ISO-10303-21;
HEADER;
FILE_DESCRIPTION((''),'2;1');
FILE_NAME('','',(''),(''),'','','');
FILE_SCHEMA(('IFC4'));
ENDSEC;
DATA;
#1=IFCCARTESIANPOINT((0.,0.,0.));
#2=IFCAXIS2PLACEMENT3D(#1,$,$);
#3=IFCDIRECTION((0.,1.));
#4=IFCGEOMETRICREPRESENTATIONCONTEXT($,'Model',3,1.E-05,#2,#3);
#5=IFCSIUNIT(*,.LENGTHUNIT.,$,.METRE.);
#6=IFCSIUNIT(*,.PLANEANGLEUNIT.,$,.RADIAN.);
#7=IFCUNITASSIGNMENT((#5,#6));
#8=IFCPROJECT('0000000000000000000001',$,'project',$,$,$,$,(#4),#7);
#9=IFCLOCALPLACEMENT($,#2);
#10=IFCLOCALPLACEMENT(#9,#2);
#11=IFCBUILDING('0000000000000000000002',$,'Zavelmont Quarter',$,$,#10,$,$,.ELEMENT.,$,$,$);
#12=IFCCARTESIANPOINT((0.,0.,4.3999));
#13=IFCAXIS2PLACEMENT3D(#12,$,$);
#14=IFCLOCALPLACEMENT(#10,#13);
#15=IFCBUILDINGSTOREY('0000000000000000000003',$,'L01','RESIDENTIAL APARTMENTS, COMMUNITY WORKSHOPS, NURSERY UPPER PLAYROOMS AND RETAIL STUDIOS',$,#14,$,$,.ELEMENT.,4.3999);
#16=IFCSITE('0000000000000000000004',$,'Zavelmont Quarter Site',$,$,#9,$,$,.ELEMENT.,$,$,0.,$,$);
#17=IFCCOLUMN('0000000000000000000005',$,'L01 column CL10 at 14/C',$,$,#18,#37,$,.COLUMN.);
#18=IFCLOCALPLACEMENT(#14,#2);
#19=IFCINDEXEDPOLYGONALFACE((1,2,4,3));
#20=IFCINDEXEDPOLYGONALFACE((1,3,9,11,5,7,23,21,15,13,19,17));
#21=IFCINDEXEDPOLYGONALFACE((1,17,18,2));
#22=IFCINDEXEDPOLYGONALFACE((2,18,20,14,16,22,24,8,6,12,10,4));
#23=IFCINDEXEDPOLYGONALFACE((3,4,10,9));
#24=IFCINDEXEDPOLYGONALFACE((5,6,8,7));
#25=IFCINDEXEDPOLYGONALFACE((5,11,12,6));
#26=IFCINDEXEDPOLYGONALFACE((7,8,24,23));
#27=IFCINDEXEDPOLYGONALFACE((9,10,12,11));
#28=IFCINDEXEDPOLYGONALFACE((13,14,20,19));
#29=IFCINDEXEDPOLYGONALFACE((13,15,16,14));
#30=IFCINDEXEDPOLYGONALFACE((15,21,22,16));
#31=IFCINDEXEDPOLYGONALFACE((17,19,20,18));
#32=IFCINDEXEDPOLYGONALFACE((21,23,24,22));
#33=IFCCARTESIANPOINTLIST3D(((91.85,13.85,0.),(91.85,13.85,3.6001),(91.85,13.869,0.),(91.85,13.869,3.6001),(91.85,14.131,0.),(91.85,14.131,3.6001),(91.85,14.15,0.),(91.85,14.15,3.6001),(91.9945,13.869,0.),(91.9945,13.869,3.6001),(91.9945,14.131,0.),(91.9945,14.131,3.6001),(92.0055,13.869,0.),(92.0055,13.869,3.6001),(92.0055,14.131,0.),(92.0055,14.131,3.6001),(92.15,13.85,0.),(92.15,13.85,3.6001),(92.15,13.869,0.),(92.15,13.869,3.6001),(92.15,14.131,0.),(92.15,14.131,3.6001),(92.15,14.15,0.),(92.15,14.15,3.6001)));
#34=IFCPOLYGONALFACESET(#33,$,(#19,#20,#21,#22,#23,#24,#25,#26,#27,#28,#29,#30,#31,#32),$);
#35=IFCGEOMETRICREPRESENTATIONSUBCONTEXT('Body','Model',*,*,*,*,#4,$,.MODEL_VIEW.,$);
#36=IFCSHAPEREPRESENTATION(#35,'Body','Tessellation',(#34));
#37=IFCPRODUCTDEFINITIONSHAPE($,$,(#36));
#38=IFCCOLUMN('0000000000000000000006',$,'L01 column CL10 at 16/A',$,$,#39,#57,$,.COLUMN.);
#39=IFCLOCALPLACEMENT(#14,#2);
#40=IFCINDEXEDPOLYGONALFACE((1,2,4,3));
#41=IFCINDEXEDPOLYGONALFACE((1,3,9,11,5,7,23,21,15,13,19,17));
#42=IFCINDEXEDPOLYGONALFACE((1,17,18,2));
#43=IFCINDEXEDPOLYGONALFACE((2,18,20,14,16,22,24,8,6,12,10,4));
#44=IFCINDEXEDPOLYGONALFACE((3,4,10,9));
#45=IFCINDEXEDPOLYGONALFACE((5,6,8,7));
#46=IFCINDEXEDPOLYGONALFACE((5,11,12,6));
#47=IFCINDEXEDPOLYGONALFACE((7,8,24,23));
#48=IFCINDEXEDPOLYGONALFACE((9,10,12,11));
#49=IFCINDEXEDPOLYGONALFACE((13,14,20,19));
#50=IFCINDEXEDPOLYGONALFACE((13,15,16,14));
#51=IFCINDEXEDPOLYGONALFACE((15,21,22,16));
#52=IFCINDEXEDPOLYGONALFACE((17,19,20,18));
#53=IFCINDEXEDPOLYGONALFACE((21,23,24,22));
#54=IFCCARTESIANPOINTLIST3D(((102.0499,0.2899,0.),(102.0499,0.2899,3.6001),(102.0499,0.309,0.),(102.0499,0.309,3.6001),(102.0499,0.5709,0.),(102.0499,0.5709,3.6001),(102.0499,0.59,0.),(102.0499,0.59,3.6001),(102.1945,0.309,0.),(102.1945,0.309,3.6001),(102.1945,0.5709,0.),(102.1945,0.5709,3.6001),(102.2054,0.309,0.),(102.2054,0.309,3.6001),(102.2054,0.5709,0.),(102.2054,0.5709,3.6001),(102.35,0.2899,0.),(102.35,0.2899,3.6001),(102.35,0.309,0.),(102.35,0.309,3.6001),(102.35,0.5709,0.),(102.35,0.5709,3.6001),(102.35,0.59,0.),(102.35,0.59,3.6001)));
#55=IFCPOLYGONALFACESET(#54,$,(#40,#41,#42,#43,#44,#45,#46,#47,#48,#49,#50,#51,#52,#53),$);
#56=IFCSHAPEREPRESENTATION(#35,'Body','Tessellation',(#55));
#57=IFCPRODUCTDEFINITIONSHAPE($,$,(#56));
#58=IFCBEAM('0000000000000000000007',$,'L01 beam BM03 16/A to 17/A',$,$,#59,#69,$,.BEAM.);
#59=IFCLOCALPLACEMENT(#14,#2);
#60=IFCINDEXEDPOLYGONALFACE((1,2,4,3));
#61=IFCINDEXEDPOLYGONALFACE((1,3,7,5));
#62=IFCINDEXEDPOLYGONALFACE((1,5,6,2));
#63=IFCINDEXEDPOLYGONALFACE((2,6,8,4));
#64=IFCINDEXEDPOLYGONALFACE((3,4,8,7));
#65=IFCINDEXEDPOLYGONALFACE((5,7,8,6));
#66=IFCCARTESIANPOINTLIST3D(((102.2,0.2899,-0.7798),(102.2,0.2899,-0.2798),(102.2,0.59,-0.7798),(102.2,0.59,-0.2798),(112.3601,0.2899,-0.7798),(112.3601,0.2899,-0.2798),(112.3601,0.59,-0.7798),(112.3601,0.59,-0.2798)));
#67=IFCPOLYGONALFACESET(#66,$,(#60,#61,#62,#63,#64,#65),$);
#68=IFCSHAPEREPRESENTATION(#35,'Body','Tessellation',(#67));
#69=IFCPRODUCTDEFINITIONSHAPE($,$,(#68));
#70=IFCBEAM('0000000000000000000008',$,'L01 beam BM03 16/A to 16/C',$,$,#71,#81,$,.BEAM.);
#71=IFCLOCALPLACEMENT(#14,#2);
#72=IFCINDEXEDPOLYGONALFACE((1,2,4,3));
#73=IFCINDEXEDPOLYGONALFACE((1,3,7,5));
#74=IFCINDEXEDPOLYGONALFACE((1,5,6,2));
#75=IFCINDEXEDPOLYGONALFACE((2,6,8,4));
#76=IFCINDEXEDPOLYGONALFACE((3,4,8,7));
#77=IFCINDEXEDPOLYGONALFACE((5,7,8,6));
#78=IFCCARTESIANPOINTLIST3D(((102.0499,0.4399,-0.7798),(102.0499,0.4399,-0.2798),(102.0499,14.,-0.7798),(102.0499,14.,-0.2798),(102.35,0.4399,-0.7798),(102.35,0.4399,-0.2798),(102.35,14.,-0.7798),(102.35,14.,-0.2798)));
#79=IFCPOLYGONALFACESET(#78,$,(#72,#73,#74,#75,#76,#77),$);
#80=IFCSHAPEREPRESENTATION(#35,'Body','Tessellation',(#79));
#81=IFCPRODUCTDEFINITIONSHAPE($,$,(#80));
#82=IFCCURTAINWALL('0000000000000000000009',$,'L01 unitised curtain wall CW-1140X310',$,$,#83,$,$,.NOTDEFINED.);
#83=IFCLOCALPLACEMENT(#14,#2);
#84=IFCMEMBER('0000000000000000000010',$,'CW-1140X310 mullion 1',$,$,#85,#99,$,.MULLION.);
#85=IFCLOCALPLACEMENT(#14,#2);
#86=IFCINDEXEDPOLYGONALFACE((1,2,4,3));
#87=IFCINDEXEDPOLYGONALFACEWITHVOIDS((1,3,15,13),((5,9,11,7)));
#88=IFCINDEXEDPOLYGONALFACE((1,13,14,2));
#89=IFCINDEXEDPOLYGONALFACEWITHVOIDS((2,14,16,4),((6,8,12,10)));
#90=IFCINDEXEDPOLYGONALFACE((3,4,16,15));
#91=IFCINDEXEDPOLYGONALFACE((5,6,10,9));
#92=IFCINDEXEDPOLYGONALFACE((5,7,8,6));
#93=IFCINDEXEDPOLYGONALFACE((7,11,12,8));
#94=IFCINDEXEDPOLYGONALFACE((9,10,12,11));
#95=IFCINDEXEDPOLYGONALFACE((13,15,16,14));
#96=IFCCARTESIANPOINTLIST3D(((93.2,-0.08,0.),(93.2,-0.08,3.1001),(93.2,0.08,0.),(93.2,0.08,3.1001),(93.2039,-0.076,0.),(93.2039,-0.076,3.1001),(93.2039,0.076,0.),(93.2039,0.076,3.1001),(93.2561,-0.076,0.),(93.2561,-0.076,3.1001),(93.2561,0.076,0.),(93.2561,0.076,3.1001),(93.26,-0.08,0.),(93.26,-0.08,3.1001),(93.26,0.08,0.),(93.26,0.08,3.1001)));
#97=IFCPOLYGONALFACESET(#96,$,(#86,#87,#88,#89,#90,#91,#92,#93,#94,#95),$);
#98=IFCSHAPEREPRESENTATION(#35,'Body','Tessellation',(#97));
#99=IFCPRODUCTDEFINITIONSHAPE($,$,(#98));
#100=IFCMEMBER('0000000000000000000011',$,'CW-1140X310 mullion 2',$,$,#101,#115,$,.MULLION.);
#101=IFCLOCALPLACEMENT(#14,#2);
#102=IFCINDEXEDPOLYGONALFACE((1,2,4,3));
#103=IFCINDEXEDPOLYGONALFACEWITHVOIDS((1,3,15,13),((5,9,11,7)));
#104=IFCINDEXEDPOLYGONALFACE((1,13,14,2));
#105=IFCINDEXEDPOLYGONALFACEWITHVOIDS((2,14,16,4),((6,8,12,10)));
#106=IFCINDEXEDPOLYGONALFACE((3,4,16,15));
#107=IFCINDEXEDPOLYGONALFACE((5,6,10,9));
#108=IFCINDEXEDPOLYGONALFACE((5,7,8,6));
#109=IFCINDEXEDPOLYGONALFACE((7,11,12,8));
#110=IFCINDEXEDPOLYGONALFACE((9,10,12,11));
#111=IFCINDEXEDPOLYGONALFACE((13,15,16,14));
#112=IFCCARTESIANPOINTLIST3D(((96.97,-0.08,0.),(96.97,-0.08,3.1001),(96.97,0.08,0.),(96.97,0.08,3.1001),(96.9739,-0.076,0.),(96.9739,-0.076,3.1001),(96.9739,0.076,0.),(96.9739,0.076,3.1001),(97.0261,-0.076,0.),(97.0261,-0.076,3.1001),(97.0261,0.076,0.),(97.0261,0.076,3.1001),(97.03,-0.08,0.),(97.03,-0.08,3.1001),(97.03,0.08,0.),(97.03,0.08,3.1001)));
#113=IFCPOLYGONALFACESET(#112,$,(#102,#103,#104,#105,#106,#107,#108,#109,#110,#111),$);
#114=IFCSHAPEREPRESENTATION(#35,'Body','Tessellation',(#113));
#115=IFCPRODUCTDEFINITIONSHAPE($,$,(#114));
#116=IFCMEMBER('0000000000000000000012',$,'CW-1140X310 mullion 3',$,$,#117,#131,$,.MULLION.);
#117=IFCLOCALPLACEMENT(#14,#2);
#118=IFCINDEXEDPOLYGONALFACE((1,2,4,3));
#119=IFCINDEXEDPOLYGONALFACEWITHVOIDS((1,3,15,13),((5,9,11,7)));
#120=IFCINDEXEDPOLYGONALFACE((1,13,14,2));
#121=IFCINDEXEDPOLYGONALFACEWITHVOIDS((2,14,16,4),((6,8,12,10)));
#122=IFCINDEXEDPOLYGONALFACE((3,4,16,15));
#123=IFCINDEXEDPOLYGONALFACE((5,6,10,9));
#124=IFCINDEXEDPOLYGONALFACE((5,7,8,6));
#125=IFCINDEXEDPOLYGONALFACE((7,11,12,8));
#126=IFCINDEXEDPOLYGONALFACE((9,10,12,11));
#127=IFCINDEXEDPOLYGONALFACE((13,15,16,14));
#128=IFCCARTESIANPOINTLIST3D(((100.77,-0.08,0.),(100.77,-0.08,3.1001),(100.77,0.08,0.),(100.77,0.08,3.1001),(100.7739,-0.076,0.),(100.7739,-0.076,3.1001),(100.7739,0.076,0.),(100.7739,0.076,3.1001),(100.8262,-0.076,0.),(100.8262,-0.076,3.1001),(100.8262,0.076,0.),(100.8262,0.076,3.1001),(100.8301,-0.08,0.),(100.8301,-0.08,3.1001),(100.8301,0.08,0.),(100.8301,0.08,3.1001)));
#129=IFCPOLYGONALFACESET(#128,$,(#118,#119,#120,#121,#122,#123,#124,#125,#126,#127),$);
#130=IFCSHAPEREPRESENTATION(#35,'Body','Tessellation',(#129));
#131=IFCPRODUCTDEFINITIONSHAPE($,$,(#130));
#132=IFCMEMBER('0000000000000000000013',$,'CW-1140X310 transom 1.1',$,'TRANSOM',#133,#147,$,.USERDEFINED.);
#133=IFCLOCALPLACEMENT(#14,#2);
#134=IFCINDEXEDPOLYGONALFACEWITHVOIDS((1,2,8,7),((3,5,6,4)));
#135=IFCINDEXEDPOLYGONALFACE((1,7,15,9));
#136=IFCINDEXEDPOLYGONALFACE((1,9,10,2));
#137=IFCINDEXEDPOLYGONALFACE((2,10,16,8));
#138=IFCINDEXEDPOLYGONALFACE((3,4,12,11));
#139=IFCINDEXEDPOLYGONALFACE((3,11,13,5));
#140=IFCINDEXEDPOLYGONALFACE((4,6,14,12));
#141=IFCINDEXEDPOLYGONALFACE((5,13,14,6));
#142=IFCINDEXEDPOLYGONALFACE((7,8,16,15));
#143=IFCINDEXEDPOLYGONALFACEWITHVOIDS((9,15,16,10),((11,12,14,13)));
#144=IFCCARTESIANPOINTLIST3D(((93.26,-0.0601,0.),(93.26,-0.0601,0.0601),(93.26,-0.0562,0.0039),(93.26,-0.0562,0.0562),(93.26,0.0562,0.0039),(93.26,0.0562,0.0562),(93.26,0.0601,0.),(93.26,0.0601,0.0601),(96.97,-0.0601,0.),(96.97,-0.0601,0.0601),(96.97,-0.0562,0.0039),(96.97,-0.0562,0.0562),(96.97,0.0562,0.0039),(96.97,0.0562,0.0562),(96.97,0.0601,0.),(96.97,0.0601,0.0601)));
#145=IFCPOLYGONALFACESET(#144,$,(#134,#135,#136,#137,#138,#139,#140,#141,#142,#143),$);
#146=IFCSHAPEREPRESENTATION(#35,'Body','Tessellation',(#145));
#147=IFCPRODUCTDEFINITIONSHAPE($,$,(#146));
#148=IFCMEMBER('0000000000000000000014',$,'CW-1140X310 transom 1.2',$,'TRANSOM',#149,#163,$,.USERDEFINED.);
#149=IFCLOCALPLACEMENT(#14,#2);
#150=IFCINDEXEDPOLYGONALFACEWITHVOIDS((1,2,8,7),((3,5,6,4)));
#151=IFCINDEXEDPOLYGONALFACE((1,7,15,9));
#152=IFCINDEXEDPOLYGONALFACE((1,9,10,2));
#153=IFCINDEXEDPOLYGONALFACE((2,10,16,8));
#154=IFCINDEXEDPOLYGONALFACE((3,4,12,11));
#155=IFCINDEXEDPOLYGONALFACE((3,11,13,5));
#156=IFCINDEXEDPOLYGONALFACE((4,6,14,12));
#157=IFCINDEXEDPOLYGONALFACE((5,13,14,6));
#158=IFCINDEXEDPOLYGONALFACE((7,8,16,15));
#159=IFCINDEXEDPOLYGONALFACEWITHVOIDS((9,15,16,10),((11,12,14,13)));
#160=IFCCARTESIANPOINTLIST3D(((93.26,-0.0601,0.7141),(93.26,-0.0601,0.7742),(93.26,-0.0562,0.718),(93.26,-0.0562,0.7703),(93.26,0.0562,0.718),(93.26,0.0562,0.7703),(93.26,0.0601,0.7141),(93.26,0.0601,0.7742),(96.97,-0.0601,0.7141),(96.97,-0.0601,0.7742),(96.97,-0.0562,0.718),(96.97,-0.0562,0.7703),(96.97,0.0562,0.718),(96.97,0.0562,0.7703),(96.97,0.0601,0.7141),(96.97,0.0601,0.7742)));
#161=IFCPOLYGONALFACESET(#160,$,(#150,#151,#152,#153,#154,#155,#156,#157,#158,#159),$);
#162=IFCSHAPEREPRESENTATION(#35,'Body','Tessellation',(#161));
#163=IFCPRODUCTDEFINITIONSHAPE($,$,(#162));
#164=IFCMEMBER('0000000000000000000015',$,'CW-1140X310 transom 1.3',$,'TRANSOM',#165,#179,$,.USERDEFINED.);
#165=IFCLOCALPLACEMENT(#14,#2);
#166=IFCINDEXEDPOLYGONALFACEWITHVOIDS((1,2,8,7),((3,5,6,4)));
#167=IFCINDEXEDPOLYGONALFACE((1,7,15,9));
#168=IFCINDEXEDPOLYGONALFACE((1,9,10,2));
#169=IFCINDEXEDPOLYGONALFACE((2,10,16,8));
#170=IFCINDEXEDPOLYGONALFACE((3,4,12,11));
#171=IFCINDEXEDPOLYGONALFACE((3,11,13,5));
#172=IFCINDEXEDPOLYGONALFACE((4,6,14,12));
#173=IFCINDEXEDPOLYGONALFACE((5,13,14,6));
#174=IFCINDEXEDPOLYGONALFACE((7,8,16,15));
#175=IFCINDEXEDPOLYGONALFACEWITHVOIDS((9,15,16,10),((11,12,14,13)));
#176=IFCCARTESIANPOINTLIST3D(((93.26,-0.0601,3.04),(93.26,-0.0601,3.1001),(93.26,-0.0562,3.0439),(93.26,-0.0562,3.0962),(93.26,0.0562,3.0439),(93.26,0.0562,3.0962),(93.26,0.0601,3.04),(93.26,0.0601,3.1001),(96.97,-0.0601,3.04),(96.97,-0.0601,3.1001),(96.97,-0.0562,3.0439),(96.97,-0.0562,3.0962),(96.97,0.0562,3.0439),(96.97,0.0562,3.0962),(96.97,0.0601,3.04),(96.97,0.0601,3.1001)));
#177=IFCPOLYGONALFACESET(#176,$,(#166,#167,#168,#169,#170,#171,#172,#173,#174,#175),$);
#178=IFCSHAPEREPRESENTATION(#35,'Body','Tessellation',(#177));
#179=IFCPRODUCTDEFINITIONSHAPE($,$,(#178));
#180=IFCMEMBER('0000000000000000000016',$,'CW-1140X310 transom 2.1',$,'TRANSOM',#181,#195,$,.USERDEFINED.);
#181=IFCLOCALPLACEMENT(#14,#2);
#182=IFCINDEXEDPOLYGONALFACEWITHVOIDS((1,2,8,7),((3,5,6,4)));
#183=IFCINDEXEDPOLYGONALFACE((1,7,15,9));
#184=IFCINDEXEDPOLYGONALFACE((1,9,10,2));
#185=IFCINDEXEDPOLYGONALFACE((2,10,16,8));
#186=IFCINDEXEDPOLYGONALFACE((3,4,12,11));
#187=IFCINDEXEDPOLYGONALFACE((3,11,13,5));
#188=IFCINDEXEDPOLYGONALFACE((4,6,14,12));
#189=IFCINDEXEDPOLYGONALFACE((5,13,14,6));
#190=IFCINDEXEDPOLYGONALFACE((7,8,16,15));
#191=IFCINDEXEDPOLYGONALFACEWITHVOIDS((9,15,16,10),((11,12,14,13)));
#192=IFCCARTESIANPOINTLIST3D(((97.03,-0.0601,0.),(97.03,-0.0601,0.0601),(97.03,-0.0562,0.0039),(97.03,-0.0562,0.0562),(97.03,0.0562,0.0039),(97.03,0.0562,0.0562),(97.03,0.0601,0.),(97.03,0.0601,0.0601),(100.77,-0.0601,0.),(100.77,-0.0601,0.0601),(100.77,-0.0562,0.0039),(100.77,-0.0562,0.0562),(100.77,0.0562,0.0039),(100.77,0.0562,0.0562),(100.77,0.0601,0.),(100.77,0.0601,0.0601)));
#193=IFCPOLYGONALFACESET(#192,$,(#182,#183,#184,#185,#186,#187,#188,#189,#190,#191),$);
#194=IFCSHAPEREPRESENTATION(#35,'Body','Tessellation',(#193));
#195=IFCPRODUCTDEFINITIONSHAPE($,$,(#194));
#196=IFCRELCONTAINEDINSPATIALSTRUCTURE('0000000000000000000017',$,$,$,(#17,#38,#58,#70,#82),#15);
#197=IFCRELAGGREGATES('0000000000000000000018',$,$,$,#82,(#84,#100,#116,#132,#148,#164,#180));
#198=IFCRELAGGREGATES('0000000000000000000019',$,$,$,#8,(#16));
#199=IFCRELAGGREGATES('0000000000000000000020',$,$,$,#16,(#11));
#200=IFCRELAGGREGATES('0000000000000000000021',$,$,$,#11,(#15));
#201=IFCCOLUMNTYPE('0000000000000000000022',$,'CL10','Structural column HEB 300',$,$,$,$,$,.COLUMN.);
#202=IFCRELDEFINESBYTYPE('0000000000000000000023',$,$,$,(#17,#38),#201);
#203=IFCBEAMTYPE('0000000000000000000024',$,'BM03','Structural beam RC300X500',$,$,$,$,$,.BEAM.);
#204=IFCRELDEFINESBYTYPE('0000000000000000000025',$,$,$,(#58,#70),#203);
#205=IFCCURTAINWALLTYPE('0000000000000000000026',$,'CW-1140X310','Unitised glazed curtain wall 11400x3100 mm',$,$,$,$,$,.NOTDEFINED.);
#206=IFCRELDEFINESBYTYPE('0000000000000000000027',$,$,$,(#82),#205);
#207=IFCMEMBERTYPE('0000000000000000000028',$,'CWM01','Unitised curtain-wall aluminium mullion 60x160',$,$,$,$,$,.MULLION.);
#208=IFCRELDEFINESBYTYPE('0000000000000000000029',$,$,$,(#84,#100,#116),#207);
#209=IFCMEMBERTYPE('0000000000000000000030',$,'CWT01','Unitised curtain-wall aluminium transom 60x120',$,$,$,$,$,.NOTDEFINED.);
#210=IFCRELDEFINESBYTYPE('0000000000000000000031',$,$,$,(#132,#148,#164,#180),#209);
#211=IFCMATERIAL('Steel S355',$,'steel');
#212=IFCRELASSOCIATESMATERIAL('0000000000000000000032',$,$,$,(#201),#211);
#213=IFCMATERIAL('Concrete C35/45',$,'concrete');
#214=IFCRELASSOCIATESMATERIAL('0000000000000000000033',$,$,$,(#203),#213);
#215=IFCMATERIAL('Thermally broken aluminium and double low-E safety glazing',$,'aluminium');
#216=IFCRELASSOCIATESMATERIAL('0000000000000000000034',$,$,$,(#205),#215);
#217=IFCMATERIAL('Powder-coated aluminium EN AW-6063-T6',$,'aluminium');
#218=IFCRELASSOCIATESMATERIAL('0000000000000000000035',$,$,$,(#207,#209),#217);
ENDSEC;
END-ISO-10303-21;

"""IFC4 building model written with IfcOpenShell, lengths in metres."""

from ifc_helpers import new_model, si_unit, direction, frame, origin, origin_2d, place, context, subcontext, project, spatial, rectangle, hollow_rectangle, i_section, extrude, material, material_profile, profile_set, type_object, element, aggregate, save


model = new_model("IFC4")

# Units and contexts
model_context = context("Model", 3, precision=1e-05, world=origin(), true_north=direction((0.0, 1.0)))
body_context = subcontext(model_context, "Body", "Model", "MODEL_VIEW")
ifc_project = project(units=[si_unit("LENGTHUNIT", "METRE"), si_unit("PLANEANGLEUNIT", "RADIAN")], contexts=[model_context])

# Site, building, storey
site_placement = place(None, origin())
site = spatial("IfcSite", under=ifc_project, at=site_placement, Name="Zavelmont Quarter Site", CompositionType="ELEMENT", RefElevation=0.0)
building_placement = place(site_placement, origin())
building = spatial("IfcBuilding", under=site, at=building_placement, Name="Zavelmont Quarter", CompositionType="ELEMENT")
storey_placement = place(building_placement, frame((0.0, 0.0, 4.3999)))
storey = spatial("IfcBuildingStorey", under=building, at=storey_placement, Name="L01", Description="RESIDENTIAL APARTMENTS, COMMUNITY WORKSHOPS, NURSERY UPPER PLAYROOMS AND RETAIL STUDIOS", CompositionType="ELEMENT", Elevation=4.3999)

# Columns
ifc_material_1 = material(Name="Steel S355", Category="steel")
ifc_material_profile_1 = material_profile(ifc_material_1, i_section(OverallWidth=0.3, OverallDepth=0.3, WebThickness=0.011, FlangeThickness=0.019, at=origin_2d()), Name="HEB 300")
ifc_profile_set_1 = profile_set([ifc_material_profile_1], Name="Steel S355")
column_type = type_object("IfcColumnType", Name="CL10", Description="Structural column HEB 300", PredefinedType="COLUMN", material=ifc_profile_set_1)
for number, where, z_axis, x_axis, name in (
    (1, (92.0, 14.0, 0.0), (0.0, 0.0, 1.0), (1.0, 0.0, 0.0), "L01 column CL10 at 14/C"),
    (2, (102.2, 0.4399, 0.0), (0.0, 0.0, 1.0), (1.0, 0.0, 0.0), "L01 column CL10 at 16/A"),
):
    element("IfcColumn", number, at=place(storey_placement, frame(where, z_axis=z_axis, x_axis=x_axis)), inside=storey, type_object=column_type, Name=name, PredefinedType="COLUMN", context=body_context, shape_type="SweptSolid", body=[
        extrude(i_section(OverallWidth=0.3, OverallDepth=0.3, WebThickness=0.011, FlangeThickness=0.019, at=origin_2d()), origin(), (0.0, 0.0, 1.0), 3.6001),
    ])

# Beams
ifc_material_2 = material(Name="Concrete C35/45", Category="concrete")
ifc_material_profile_2 = material_profile(ifc_material_2, rectangle(XDim=0.3, YDim=0.5, at=origin_2d()), Name="RC300X500")
ifc_profile_set_2 = profile_set([ifc_material_profile_2], Name="Concrete C35/45")
beam_type = type_object("IfcBeamType", Name="BM03", Description="Structural beam RC300X500", PredefinedType="BEAM", material=ifc_profile_set_2)
beam_1_placement = place(storey_placement, frame((102.2, 0.4399, -0.5298), z_axis=(1.0, 0.0, 0.0), x_axis=(0.0, 1.0, 0.0)))
element("IfcBeam", 3, at=beam_1_placement, inside=storey, type_object=beam_type, Name="L01 beam BM03 16/A to 17/A", PredefinedType="BEAM", context=body_context, shape_type="SweptSolid", body=[
    extrude(rectangle(XDim=0.3, YDim=0.5, at=origin_2d()), origin(), (0.0, 0.0, 1.0), 10.1602),
])
beam_2_placement = place(storey_placement, frame((102.2, 0.4399, -0.5298), z_axis=(0.0, 1.0, 0.0), x_axis=(-1.0, 0.0, 0.0)))
element("IfcBeam", 4, at=beam_2_placement, inside=storey, type_object=beam_type, Name="L01 beam BM03 16/A to 16/C", PredefinedType="BEAM", context=body_context, shape_type="SweptSolid", body=[
    extrude(rectangle(XDim=0.3, YDim=0.5, at=origin_2d()), origin(), (0.0, 0.0, 1.0), 13.5601),
])

# Curtain wall, members
ifc_material_3 = material(Name="Thermally broken aluminium and double low-E safety glazing", Category="aluminium")
curtain_wall_type = type_object("IfcCurtainWallType", Name="CW-1140X310", Description="Unitised glazed curtain wall 11400x3100 mm", PredefinedType="NOTDEFINED", material=ifc_material_3)
curtain_wall_placement = place(storey_placement, origin())
curtain_wall = element("IfcCurtainWall", 5, at=curtain_wall_placement, inside=storey, type_object=curtain_wall_type, Name="L01 unitised curtain wall CW-1140X310", PredefinedType="NOTDEFINED")
ifc_material_4 = material(Name="Powder-coated aluminium EN AW-6063-T6", Category="aluminium")
ifc_material_profile_3 = material_profile(ifc_material_4, hollow_rectangle(XDim=0.0601, YDim=0.1599, WallThickness=0.0039, at=origin_2d()), Name="CWM60X160")
ifc_profile_set_3 = profile_set([ifc_material_profile_3], Name="Powder-coated aluminium EN AW-6063-T6")
member_type_1 = type_object("IfcMemberType", Name="CWM01", Description="Unitised curtain-wall aluminium mullion 60x160", PredefinedType="MULLION", material=ifc_profile_set_3)
member_1_placement = place(storey_placement, frame((93.23, 0.0, 0.0), z_axis=(0.0, 0.0, 1.0), x_axis=(1.0, 0.0, 0.0)))
member_1 = element("IfcMember", 6, at=member_1_placement, type_object=member_type_1, Name="CW-1140X310 mullion 1", PredefinedType="MULLION", context=body_context, shape_type="SweptSolid", body=[
    extrude(hollow_rectangle(XDim=0.0601, YDim=0.1599, WallThickness=0.0039, at=origin_2d()), origin(), (0.0, 0.0, 1.0), 3.1001),
])
member_2_placement = place(storey_placement, frame((97.0, 0.0, 0.0), z_axis=(0.0, 0.0, 1.0), x_axis=(1.0, 0.0, 0.0)))
member_2 = element("IfcMember", 7, at=member_2_placement, type_object=member_type_1, Name="CW-1140X310 mullion 2", PredefinedType="MULLION", context=body_context, shape_type="SweptSolid", body=[
    extrude(hollow_rectangle(XDim=0.0601, YDim=0.1599, WallThickness=0.0039, at=origin_2d()), origin(), (0.0, 0.0, 1.0), 3.1001),
])
member_3_placement = place(storey_placement, frame((100.8, 0.0, 0.0), z_axis=(0.0, 0.0, 1.0), x_axis=(1.0, 0.0, 0.0)))
member_3 = element("IfcMember", 8, at=member_3_placement, type_object=member_type_1, Name="CW-1140X310 mullion 3", PredefinedType="MULLION", context=body_context, shape_type="SweptSolid", body=[
    extrude(hollow_rectangle(XDim=0.0601, YDim=0.1599, WallThickness=0.0039, at=origin_2d()), origin(), (0.0, 0.0, 1.0), 3.1001),
])
ifc_material_profile_4 = material_profile(ifc_material_4, hollow_rectangle(XDim=0.1201, YDim=0.0601, WallThickness=0.0039, at=origin_2d()), Name="CWT60X120")
ifc_profile_set_4 = profile_set([ifc_material_profile_4], Name="Powder-coated aluminium EN AW-6063-T6")
member_type_2 = type_object("IfcMemberType", Name="CWT01", Description="Unitised curtain-wall aluminium transom 60x120", PredefinedType="NOTDEFINED", material=ifc_profile_set_4)
member_4_placement = place(storey_placement, frame((93.26, 0.0, 0.03), z_axis=(1.0, 0.0, 0.0), x_axis=(0.0, 1.0, 0.0)))
member_4 = element("IfcMember", 9, at=member_4_placement, type_object=member_type_2, Name="CW-1140X310 transom 1.1", ObjectType="TRANSOM", PredefinedType="USERDEFINED", context=body_context, shape_type="SweptSolid", body=[
    extrude(hollow_rectangle(XDim=0.1201, YDim=0.0601, WallThickness=0.0039, at=origin_2d()), origin(), (0.0, 0.0, 1.0), 3.71),
])
member_5_placement = place(storey_placement, frame((93.26, 0.0, 0.7441), z_axis=(1.0, 0.0, 0.0), x_axis=(0.0, 1.0, 0.0)))
member_5 = element("IfcMember", 10, at=member_5_placement, type_object=member_type_2, Name="CW-1140X310 transom 1.2", ObjectType="TRANSOM", PredefinedType="USERDEFINED", context=body_context, shape_type="SweptSolid", body=[
    extrude(hollow_rectangle(XDim=0.1201, YDim=0.0601, WallThickness=0.0039, at=origin_2d()), origin(), (0.0, 0.0, 1.0), 3.71),
])
member_6_placement = place(storey_placement, frame((93.26, 0.0, 3.0701), z_axis=(1.0, 0.0, 0.0), x_axis=(0.0, 1.0, 0.0)))
member_6 = element("IfcMember", 11, at=member_6_placement, type_object=member_type_2, Name="CW-1140X310 transom 1.3", ObjectType="TRANSOM", PredefinedType="USERDEFINED", context=body_context, shape_type="SweptSolid", body=[
    extrude(hollow_rectangle(XDim=0.1201, YDim=0.0601, WallThickness=0.0039, at=origin_2d()), origin(), (0.0, 0.0, 1.0), 3.71),
])
member_7_placement = place(storey_placement, frame((97.03, 0.0, 0.03), z_axis=(1.0, 0.0, 0.0), x_axis=(0.0, 1.0, 0.0)))
member_7 = element("IfcMember", 12, at=member_7_placement, type_object=member_type_2, Name="CW-1140X310 transom 2.1", ObjectType="TRANSOM", PredefinedType="USERDEFINED", context=body_context, shape_type="SweptSolid", body=[
    extrude(hollow_rectangle(XDim=0.1201, YDim=0.0601, WallThickness=0.0039, at=origin_2d()), origin(), (0.0, 0.0, 1.0), 3.74),
])
aggregate(curtain_wall, [member_1, member_2, member_3, member_4, member_5, member_6, member_7])

save(model, "model.ifc")
